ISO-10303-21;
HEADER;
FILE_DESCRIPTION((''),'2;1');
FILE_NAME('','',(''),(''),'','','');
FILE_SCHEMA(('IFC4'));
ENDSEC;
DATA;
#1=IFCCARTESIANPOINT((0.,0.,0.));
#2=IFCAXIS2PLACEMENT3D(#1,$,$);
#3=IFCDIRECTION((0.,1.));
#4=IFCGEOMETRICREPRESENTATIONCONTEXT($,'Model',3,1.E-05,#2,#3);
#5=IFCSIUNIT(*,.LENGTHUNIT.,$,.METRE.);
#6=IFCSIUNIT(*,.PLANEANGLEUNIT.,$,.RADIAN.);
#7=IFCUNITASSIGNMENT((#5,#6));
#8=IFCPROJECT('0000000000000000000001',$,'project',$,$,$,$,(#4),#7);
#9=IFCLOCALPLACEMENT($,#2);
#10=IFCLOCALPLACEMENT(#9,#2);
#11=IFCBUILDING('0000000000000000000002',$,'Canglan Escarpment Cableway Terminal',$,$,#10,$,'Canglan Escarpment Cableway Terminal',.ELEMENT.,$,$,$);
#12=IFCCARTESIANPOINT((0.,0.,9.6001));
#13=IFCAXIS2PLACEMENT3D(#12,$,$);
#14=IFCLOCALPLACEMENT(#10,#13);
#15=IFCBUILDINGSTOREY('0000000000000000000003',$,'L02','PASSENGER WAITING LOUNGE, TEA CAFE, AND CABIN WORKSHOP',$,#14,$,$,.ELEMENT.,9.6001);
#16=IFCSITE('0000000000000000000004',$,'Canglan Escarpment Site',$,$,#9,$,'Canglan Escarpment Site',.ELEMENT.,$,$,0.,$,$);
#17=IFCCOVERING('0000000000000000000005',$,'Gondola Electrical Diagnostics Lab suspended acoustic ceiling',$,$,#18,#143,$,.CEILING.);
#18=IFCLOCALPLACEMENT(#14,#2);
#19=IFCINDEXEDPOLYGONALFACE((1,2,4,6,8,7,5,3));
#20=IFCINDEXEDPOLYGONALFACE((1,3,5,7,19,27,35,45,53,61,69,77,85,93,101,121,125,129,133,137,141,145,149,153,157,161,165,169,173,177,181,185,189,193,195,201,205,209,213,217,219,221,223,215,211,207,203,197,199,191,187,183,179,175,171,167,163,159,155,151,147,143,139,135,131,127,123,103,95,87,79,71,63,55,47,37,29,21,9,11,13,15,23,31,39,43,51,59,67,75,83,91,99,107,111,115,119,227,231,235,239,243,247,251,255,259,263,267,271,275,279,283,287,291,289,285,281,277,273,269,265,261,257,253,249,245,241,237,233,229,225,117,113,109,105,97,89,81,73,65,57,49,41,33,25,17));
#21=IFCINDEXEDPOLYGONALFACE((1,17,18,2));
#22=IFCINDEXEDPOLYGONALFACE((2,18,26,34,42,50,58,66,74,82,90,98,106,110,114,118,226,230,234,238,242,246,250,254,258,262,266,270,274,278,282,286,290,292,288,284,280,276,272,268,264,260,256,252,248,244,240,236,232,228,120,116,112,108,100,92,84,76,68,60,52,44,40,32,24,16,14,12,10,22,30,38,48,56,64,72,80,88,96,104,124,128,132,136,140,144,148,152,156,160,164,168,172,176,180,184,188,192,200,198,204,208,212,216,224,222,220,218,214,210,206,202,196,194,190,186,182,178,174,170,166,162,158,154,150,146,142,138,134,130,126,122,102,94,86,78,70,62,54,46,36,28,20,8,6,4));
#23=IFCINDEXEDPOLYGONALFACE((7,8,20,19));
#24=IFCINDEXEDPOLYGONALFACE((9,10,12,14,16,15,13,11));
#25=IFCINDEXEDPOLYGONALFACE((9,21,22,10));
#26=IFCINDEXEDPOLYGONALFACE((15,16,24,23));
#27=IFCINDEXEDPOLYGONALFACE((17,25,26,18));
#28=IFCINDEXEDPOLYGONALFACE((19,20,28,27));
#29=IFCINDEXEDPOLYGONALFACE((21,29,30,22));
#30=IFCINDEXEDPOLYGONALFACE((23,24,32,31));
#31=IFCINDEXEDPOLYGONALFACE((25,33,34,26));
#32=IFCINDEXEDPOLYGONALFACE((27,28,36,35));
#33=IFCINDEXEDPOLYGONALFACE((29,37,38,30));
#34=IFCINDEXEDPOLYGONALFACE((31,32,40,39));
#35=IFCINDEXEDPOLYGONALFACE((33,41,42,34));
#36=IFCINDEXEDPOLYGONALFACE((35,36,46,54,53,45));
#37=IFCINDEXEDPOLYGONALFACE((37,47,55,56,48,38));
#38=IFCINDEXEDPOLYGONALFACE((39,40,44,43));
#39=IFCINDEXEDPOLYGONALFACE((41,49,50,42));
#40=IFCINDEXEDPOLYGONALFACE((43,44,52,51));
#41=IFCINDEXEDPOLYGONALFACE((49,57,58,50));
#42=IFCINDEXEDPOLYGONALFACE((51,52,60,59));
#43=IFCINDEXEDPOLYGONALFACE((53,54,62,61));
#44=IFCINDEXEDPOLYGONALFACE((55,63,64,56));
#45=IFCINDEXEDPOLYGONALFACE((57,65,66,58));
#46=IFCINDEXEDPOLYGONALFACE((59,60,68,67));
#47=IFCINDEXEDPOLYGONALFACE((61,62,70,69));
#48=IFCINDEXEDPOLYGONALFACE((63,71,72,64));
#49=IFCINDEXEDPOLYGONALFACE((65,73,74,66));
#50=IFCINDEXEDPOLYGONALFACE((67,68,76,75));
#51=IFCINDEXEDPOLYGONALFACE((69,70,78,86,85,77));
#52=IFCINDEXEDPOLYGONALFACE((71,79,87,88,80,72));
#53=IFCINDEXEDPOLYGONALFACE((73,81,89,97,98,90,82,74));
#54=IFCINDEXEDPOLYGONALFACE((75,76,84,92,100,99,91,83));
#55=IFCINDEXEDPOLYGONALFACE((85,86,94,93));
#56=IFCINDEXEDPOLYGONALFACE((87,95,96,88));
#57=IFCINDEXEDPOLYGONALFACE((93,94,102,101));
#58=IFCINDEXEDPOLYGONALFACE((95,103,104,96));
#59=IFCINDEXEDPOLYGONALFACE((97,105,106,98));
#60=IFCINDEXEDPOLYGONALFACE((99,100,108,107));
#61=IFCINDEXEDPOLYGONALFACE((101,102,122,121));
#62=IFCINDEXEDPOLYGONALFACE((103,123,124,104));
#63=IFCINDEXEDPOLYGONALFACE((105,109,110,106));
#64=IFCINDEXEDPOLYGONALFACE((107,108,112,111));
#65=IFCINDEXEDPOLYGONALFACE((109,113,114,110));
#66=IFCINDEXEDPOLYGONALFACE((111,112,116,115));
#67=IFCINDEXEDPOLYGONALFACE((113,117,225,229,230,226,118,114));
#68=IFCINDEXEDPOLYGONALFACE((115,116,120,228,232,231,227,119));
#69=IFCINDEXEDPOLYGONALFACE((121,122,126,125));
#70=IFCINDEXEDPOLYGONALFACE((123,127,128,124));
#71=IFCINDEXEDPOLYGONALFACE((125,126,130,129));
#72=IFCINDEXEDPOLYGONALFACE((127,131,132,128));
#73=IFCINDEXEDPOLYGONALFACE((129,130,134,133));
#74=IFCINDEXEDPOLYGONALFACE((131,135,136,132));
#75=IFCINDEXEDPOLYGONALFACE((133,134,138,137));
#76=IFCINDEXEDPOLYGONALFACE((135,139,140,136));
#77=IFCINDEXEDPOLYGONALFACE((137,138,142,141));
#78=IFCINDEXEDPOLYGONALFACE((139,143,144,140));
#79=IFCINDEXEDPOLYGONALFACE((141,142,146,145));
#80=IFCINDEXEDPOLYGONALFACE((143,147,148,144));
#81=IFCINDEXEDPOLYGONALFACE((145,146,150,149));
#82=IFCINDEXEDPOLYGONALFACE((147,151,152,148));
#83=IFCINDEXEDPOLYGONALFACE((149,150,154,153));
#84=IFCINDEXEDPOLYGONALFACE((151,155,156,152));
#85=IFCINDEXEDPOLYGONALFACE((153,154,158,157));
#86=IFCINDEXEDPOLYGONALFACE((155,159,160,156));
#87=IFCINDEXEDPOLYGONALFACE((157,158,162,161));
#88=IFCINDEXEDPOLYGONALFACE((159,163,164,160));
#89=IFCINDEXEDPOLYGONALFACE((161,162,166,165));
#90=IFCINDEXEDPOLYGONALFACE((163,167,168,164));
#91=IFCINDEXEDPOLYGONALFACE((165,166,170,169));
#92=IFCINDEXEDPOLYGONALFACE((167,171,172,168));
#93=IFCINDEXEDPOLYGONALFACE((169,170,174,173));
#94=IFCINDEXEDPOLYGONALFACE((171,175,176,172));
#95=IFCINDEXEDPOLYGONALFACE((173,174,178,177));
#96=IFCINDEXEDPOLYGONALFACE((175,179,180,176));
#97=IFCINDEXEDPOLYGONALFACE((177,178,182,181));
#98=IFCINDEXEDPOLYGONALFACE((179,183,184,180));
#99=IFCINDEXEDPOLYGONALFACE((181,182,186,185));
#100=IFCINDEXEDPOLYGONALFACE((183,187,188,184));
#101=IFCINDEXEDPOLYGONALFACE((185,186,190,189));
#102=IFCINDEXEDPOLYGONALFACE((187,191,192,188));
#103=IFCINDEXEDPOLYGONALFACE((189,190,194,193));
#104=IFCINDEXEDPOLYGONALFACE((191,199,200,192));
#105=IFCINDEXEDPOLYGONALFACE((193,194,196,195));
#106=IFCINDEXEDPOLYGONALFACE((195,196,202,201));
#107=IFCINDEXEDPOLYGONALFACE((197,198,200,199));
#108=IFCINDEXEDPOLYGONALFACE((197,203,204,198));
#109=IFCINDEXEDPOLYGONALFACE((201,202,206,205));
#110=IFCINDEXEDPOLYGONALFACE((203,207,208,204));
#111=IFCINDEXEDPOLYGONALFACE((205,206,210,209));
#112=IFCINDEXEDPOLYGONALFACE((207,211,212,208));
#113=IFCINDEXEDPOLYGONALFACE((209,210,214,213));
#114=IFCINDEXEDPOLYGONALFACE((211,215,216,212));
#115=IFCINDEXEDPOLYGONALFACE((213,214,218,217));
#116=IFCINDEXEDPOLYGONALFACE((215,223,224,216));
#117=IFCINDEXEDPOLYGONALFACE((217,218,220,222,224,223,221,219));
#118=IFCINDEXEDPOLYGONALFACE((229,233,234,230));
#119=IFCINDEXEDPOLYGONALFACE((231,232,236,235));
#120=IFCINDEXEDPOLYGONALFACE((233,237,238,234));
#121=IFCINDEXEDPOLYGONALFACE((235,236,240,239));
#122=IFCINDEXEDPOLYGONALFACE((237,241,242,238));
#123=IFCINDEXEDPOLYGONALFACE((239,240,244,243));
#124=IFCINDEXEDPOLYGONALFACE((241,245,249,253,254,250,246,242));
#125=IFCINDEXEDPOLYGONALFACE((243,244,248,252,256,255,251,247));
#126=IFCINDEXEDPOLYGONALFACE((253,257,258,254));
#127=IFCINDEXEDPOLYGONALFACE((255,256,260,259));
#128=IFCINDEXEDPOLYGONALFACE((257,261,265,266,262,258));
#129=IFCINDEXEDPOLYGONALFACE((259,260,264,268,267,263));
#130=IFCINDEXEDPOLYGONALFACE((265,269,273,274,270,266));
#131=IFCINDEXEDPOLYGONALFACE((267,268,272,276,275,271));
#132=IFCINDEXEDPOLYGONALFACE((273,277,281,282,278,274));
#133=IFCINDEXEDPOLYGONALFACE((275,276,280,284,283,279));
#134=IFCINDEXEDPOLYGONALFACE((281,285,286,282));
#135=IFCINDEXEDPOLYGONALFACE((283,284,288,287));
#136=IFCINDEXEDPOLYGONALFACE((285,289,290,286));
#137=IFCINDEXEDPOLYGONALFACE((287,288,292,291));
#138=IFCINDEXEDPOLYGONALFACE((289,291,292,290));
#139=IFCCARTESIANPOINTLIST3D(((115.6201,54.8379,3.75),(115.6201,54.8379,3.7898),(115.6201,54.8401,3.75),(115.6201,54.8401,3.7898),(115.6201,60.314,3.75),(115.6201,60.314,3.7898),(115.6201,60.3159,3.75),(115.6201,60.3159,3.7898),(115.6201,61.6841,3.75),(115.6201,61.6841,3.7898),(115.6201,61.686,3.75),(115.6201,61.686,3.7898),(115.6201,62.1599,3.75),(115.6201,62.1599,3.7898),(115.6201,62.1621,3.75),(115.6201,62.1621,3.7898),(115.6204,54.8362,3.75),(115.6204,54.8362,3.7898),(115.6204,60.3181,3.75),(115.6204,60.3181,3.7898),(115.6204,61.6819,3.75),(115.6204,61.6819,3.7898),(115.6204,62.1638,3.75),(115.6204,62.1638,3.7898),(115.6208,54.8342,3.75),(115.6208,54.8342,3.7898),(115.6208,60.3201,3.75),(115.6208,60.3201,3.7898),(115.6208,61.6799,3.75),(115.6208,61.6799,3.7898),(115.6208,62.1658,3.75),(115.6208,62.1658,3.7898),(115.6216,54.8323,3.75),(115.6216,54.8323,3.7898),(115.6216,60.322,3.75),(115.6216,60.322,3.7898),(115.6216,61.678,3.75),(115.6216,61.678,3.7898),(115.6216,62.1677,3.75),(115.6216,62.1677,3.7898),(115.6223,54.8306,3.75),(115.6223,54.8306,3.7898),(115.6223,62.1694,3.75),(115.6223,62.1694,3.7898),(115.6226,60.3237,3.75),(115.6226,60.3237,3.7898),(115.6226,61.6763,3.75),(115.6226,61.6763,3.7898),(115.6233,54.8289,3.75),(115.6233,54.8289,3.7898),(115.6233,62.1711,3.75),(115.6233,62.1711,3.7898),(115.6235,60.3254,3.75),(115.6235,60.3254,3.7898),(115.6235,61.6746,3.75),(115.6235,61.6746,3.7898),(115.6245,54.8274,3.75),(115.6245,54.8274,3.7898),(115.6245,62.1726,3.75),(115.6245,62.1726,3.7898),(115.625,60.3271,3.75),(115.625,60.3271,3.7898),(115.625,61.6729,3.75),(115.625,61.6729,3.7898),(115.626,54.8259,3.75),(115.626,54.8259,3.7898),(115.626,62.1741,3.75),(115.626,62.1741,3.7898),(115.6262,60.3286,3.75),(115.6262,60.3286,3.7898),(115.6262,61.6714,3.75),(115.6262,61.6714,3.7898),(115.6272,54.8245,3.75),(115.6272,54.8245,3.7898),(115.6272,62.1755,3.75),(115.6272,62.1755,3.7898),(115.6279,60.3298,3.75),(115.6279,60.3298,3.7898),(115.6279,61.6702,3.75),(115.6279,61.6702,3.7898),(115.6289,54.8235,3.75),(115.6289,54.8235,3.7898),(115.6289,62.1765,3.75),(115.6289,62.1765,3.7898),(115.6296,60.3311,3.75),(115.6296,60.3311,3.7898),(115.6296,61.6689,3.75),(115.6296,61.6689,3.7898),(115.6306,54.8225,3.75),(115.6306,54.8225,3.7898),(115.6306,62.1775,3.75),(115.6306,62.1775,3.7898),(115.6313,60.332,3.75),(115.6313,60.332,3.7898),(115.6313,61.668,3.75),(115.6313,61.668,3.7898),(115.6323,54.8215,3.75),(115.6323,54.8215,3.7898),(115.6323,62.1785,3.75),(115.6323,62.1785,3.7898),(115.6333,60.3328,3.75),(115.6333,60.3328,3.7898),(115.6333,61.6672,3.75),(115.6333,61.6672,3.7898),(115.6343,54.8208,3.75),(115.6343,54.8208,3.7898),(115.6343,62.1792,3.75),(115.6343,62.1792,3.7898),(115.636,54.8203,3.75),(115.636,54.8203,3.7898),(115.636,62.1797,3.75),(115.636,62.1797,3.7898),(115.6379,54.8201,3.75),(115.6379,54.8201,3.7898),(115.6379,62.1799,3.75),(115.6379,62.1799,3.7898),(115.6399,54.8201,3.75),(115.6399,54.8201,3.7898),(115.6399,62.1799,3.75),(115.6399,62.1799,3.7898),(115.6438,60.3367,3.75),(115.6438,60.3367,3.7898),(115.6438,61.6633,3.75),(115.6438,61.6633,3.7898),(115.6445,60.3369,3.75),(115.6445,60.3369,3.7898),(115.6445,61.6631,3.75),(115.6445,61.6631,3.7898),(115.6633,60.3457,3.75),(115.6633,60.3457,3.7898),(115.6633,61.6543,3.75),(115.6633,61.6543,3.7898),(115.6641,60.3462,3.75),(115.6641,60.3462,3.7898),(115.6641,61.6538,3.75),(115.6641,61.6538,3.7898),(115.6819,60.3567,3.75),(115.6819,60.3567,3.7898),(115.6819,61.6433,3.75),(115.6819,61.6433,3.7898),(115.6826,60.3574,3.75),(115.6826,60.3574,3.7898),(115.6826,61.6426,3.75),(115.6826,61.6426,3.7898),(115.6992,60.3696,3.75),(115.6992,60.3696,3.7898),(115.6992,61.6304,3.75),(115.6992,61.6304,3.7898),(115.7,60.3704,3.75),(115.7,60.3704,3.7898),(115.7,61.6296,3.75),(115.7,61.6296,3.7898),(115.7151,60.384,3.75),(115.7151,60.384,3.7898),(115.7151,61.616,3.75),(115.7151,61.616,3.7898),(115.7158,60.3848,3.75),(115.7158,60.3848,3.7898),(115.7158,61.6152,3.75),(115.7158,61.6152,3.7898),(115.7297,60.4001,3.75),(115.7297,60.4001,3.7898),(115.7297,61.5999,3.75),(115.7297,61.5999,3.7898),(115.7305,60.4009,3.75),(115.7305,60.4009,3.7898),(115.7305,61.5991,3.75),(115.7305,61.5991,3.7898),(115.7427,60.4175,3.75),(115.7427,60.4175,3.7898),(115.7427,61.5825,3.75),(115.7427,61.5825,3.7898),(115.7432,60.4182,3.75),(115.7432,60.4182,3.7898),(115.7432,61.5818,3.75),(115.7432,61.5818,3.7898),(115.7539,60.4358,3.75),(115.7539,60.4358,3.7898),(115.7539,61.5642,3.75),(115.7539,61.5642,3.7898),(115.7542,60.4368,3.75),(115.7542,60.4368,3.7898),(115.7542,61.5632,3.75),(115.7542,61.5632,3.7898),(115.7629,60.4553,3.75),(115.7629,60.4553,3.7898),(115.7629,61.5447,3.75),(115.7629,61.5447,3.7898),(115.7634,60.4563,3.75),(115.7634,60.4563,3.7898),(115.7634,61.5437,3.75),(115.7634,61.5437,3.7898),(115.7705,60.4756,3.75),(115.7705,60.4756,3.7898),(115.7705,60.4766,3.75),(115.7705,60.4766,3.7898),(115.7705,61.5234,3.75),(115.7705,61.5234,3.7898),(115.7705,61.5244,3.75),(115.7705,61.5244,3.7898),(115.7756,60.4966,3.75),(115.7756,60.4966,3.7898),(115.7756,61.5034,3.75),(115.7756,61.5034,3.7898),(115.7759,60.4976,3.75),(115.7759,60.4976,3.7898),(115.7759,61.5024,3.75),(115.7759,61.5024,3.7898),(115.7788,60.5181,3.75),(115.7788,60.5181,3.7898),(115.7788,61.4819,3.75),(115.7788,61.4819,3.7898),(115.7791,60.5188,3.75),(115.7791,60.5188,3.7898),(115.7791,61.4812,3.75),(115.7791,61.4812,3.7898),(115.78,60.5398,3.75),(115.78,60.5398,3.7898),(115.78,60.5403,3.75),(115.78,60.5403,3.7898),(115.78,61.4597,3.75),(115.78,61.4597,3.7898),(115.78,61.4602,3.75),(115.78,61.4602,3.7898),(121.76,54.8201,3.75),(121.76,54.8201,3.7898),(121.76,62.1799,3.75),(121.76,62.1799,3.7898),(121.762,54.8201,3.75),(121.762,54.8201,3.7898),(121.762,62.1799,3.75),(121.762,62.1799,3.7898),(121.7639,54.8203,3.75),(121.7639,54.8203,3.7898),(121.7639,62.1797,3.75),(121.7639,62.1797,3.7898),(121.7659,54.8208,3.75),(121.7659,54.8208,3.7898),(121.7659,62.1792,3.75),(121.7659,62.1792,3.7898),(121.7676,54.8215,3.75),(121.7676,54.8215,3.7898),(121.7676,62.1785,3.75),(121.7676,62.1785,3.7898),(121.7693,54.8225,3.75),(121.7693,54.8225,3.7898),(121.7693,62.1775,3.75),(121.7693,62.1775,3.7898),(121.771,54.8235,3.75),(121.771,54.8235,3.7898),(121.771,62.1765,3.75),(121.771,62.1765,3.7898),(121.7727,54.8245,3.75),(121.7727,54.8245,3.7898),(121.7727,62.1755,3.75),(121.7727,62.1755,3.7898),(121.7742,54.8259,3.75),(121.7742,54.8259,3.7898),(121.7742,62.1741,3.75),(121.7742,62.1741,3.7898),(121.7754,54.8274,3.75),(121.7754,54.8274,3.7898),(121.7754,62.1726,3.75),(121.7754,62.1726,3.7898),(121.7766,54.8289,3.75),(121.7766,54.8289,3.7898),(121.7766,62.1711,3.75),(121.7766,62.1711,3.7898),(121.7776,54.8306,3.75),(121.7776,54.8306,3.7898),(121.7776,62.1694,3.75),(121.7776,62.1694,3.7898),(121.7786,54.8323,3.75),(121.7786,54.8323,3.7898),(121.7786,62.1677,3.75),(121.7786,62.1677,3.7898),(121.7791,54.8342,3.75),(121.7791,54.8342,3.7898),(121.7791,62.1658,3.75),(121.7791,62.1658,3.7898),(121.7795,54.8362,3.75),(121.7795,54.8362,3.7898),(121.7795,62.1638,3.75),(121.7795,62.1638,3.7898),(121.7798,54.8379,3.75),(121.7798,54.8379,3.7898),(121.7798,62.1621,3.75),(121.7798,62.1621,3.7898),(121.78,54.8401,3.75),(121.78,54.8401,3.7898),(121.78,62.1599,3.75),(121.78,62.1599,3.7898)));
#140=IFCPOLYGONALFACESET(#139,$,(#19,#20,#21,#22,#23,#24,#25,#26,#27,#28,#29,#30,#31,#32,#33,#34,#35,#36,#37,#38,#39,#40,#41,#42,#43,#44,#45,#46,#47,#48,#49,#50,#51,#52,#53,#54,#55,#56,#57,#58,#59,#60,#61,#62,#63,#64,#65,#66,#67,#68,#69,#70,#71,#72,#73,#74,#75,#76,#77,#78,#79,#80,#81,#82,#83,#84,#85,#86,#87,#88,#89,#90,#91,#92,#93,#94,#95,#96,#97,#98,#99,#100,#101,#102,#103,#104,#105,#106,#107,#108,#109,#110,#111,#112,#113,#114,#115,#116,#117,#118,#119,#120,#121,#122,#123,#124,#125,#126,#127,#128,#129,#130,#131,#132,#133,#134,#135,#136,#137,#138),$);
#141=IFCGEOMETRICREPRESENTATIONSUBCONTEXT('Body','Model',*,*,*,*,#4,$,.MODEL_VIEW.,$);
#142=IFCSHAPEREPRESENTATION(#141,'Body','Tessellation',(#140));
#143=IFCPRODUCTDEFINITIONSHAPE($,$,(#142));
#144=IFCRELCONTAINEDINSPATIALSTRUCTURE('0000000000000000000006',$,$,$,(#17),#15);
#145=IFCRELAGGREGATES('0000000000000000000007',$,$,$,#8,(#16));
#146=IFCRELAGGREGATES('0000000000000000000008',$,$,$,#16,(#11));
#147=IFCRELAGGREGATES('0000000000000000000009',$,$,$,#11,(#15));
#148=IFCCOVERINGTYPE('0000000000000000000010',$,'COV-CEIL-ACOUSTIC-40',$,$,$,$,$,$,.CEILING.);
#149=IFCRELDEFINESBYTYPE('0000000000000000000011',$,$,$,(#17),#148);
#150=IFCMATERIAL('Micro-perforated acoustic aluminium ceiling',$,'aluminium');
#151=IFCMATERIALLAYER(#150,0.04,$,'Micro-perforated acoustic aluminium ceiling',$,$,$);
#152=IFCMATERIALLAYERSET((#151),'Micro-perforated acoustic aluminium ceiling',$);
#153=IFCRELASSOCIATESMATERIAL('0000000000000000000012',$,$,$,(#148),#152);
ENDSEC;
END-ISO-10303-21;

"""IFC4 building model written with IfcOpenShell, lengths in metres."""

from ifc_helpers import new_model, si_unit, direction, frame, origin, place, context, subcontext, project, spatial, polyline, outline, extrude, material, layer, layer_set, type_object, element, save


model = new_model("IFC4")

# Units and contexts
model_context = context("Model", 3, precision=1e-05, world=origin(), true_north=direction((0.0, 1.0)))
body_context = subcontext(model_context, "Body", "Model", "MODEL_VIEW")
ifc_project = project(units=[si_unit("LENGTHUNIT", "METRE"), si_unit("PLANEANGLEUNIT", "RADIAN")], contexts=[model_context])

# Site, building, storey
site_placement = place(None, origin())
site = spatial("IfcSite", under=ifc_project, at=site_placement, Name="Canglan Escarpment Site", LongName="Canglan Escarpment Site", CompositionType="ELEMENT", RefElevation=0.0)
building_placement = place(site_placement, origin())
building = spatial("IfcBuilding", under=site, at=building_placement, Name="Canglan Escarpment Cableway Terminal", LongName="Canglan Escarpment Cableway Terminal", CompositionType="ELEMENT")
storey_placement = place(building_placement, frame((0.0, 0.0, 9.6001)))
storey = spatial("IfcBuildingStorey", under=building, at=storey_placement, Name="L02", Description="PASSENGER WAITING LOUNGE, TEA CAFE, AND CABIN WORKSHOP", CompositionType="ELEMENT", Elevation=9.6001)

# Covering
ifc_material_1 = material(Name="Micro-perforated acoustic aluminium ceiling", Category="aluminium")
ifc_layer_1 = layer(ifc_material_1, 0.04, Name="Micro-perforated acoustic aluminium ceiling")
ifc_layer_set_1 = layer_set([ifc_layer_1], Name="Micro-perforated acoustic aluminium ceiling")
covering_type_1 = type_object("IfcCoveringType", Name="COV-CEIL-ACOUSTIC-40", PredefinedType="CEILING", material=ifc_layer_set_1)
covering_1_placement = place(storey_placement, frame((0.0, 0.0, 3.75)))
element("IfcCovering", 1, at=covering_1_placement, inside=storey, type_object=covering_type_1, Name="Gondola Electrical Diagnostics Lab suspended acoustic ceiling", PredefinedType="CEILING", context=body_context, shape_type="SweptSolid", body=[
    extrude(outline(polyline([(115.6201, 60.314), (115.6201, 60.3159), (115.6204, 60.3181), (115.6208, 60.3201), (115.6216, 60.322), (115.6226, 60.3237), (115.6235, 60.3254), (115.625, 60.3271), (115.6262, 60.3286), (115.6279, 60.3298), (115.6296, 60.3311), (115.6313, 60.332), (115.6333, 60.3328), (115.6438, 60.3367), (115.6445, 60.3369), (115.6633, 60.3457), (115.6641, 60.3462), (115.6819, 60.3567), (115.6826, 60.3574), (115.6992, 60.3696), (115.7, 60.3704), (115.7151, 60.384), (115.7158, 60.3848), (115.7297, 60.4001), (115.7305, 60.4009), (115.7427, 60.4175), (115.7432, 60.4182), (115.7539, 60.4358), (115.7542, 60.4368), (115.7629, 60.4553), (115.7634, 60.4563), (115.7705, 60.4756), (115.7705, 60.4766), (115.7756, 60.4966), (115.7759, 60.4976), (115.7788, 60.5181), (115.7791, 60.5188), (115.78, 60.5398), (115.78, 60.5403), (115.78, 61.4597), (115.78, 61.4602), (115.7791, 61.4812), (115.7788, 61.4819), (115.7759, 61.5024), (115.7756, 61.5034), (115.7705, 61.5234), (115.7705, 61.5244), (115.7634, 61.5437), (115.7629, 61.5447), (115.7542, 61.5632), (115.7539, 61.5642), (115.7432, 61.5818), (115.7427, 61.5825), (115.7305, 61.5991), (115.7297, 61.5999), (115.7158, 61.6152), (115.7151, 61.616), (115.7, 61.6296), (115.6992, 61.6304), (115.6826, 61.6426), (115.6819, 61.6433), (115.6641, 61.6538), (115.6633, 61.6543), (115.6445, 61.6631), (115.6438, 61.6633), (115.6333, 61.6672), (115.6313, 61.668), (115.6296, 61.6689), (115.6279, 61.6702), (115.6262, 61.6714), (115.625, 61.6729), (115.6235, 61.6746), (115.6226, 61.6763), (115.6216, 61.678), (115.6208, 61.6799), (115.6204, 61.6819), (115.6201, 61.6841), (115.6201, 61.686), (115.6201, 62.1599), (115.6201, 62.1621), (115.6204, 62.1638), (115.6208, 62.1658), (115.6216, 62.1677), (115.6223, 62.1694), (115.6233, 62.1711), (115.6245, 62.1726), (115.626, 62.1741), (115.6272, 62.1755), (115.6289, 62.1765), (115.6306, 62.1775), (115.6323, 62.1785), (115.6343, 62.1792), (115.636, 62.1797), (115.6379, 62.1799), (115.6399, 62.1799), (121.76, 62.1799), (121.762, 62.1799), (121.7639, 62.1797), (121.7659, 62.1792), (121.7676, 62.1785), (121.7693, 62.1775), (121.771, 62.1765), (121.7727, 62.1755), (121.7742, 62.1741), (121.7754, 62.1726), (121.7766, 62.1711), (121.7776, 62.1694), (121.7786, 62.1677), (121.7791, 62.1658), (121.7795, 62.1638), (121.7798, 62.1621), (121.78, 62.1599), (121.78, 54.8401), (121.7798, 54.8379), (121.7795, 54.8362), (121.7791, 54.8342), (121.7786, 54.8323), (121.7776, 54.8306), (121.7766, 54.8289), (121.7754, 54.8274), (121.7742, 54.8259), (121.7727, 54.8245), (121.771, 54.8235), (121.7693, 54.8225), (121.7676, 54.8215), (121.7659, 54.8208), (121.7639, 54.8203), (121.762, 54.8201), (121.76, 54.8201), (115.6399, 54.8201), (115.6379, 54.8201), (115.636, 54.8203), (115.6343, 54.8208), (115.6323, 54.8215), (115.6306, 54.8225), (115.6289, 54.8235), (115.6272, 54.8245), (115.626, 54.8259), (115.6245, 54.8274), (115.6233, 54.8289), (115.6223, 54.8306), (115.6216, 54.8323), (115.6208, 54.8342), (115.6204, 54.8362), (115.6201, 54.8379), (115.6201, 54.8401), (115.6201, 60.314)])), origin(), (0.0, 0.0, 1.0), 0.0398),
])

save(model, "model.ifc")
